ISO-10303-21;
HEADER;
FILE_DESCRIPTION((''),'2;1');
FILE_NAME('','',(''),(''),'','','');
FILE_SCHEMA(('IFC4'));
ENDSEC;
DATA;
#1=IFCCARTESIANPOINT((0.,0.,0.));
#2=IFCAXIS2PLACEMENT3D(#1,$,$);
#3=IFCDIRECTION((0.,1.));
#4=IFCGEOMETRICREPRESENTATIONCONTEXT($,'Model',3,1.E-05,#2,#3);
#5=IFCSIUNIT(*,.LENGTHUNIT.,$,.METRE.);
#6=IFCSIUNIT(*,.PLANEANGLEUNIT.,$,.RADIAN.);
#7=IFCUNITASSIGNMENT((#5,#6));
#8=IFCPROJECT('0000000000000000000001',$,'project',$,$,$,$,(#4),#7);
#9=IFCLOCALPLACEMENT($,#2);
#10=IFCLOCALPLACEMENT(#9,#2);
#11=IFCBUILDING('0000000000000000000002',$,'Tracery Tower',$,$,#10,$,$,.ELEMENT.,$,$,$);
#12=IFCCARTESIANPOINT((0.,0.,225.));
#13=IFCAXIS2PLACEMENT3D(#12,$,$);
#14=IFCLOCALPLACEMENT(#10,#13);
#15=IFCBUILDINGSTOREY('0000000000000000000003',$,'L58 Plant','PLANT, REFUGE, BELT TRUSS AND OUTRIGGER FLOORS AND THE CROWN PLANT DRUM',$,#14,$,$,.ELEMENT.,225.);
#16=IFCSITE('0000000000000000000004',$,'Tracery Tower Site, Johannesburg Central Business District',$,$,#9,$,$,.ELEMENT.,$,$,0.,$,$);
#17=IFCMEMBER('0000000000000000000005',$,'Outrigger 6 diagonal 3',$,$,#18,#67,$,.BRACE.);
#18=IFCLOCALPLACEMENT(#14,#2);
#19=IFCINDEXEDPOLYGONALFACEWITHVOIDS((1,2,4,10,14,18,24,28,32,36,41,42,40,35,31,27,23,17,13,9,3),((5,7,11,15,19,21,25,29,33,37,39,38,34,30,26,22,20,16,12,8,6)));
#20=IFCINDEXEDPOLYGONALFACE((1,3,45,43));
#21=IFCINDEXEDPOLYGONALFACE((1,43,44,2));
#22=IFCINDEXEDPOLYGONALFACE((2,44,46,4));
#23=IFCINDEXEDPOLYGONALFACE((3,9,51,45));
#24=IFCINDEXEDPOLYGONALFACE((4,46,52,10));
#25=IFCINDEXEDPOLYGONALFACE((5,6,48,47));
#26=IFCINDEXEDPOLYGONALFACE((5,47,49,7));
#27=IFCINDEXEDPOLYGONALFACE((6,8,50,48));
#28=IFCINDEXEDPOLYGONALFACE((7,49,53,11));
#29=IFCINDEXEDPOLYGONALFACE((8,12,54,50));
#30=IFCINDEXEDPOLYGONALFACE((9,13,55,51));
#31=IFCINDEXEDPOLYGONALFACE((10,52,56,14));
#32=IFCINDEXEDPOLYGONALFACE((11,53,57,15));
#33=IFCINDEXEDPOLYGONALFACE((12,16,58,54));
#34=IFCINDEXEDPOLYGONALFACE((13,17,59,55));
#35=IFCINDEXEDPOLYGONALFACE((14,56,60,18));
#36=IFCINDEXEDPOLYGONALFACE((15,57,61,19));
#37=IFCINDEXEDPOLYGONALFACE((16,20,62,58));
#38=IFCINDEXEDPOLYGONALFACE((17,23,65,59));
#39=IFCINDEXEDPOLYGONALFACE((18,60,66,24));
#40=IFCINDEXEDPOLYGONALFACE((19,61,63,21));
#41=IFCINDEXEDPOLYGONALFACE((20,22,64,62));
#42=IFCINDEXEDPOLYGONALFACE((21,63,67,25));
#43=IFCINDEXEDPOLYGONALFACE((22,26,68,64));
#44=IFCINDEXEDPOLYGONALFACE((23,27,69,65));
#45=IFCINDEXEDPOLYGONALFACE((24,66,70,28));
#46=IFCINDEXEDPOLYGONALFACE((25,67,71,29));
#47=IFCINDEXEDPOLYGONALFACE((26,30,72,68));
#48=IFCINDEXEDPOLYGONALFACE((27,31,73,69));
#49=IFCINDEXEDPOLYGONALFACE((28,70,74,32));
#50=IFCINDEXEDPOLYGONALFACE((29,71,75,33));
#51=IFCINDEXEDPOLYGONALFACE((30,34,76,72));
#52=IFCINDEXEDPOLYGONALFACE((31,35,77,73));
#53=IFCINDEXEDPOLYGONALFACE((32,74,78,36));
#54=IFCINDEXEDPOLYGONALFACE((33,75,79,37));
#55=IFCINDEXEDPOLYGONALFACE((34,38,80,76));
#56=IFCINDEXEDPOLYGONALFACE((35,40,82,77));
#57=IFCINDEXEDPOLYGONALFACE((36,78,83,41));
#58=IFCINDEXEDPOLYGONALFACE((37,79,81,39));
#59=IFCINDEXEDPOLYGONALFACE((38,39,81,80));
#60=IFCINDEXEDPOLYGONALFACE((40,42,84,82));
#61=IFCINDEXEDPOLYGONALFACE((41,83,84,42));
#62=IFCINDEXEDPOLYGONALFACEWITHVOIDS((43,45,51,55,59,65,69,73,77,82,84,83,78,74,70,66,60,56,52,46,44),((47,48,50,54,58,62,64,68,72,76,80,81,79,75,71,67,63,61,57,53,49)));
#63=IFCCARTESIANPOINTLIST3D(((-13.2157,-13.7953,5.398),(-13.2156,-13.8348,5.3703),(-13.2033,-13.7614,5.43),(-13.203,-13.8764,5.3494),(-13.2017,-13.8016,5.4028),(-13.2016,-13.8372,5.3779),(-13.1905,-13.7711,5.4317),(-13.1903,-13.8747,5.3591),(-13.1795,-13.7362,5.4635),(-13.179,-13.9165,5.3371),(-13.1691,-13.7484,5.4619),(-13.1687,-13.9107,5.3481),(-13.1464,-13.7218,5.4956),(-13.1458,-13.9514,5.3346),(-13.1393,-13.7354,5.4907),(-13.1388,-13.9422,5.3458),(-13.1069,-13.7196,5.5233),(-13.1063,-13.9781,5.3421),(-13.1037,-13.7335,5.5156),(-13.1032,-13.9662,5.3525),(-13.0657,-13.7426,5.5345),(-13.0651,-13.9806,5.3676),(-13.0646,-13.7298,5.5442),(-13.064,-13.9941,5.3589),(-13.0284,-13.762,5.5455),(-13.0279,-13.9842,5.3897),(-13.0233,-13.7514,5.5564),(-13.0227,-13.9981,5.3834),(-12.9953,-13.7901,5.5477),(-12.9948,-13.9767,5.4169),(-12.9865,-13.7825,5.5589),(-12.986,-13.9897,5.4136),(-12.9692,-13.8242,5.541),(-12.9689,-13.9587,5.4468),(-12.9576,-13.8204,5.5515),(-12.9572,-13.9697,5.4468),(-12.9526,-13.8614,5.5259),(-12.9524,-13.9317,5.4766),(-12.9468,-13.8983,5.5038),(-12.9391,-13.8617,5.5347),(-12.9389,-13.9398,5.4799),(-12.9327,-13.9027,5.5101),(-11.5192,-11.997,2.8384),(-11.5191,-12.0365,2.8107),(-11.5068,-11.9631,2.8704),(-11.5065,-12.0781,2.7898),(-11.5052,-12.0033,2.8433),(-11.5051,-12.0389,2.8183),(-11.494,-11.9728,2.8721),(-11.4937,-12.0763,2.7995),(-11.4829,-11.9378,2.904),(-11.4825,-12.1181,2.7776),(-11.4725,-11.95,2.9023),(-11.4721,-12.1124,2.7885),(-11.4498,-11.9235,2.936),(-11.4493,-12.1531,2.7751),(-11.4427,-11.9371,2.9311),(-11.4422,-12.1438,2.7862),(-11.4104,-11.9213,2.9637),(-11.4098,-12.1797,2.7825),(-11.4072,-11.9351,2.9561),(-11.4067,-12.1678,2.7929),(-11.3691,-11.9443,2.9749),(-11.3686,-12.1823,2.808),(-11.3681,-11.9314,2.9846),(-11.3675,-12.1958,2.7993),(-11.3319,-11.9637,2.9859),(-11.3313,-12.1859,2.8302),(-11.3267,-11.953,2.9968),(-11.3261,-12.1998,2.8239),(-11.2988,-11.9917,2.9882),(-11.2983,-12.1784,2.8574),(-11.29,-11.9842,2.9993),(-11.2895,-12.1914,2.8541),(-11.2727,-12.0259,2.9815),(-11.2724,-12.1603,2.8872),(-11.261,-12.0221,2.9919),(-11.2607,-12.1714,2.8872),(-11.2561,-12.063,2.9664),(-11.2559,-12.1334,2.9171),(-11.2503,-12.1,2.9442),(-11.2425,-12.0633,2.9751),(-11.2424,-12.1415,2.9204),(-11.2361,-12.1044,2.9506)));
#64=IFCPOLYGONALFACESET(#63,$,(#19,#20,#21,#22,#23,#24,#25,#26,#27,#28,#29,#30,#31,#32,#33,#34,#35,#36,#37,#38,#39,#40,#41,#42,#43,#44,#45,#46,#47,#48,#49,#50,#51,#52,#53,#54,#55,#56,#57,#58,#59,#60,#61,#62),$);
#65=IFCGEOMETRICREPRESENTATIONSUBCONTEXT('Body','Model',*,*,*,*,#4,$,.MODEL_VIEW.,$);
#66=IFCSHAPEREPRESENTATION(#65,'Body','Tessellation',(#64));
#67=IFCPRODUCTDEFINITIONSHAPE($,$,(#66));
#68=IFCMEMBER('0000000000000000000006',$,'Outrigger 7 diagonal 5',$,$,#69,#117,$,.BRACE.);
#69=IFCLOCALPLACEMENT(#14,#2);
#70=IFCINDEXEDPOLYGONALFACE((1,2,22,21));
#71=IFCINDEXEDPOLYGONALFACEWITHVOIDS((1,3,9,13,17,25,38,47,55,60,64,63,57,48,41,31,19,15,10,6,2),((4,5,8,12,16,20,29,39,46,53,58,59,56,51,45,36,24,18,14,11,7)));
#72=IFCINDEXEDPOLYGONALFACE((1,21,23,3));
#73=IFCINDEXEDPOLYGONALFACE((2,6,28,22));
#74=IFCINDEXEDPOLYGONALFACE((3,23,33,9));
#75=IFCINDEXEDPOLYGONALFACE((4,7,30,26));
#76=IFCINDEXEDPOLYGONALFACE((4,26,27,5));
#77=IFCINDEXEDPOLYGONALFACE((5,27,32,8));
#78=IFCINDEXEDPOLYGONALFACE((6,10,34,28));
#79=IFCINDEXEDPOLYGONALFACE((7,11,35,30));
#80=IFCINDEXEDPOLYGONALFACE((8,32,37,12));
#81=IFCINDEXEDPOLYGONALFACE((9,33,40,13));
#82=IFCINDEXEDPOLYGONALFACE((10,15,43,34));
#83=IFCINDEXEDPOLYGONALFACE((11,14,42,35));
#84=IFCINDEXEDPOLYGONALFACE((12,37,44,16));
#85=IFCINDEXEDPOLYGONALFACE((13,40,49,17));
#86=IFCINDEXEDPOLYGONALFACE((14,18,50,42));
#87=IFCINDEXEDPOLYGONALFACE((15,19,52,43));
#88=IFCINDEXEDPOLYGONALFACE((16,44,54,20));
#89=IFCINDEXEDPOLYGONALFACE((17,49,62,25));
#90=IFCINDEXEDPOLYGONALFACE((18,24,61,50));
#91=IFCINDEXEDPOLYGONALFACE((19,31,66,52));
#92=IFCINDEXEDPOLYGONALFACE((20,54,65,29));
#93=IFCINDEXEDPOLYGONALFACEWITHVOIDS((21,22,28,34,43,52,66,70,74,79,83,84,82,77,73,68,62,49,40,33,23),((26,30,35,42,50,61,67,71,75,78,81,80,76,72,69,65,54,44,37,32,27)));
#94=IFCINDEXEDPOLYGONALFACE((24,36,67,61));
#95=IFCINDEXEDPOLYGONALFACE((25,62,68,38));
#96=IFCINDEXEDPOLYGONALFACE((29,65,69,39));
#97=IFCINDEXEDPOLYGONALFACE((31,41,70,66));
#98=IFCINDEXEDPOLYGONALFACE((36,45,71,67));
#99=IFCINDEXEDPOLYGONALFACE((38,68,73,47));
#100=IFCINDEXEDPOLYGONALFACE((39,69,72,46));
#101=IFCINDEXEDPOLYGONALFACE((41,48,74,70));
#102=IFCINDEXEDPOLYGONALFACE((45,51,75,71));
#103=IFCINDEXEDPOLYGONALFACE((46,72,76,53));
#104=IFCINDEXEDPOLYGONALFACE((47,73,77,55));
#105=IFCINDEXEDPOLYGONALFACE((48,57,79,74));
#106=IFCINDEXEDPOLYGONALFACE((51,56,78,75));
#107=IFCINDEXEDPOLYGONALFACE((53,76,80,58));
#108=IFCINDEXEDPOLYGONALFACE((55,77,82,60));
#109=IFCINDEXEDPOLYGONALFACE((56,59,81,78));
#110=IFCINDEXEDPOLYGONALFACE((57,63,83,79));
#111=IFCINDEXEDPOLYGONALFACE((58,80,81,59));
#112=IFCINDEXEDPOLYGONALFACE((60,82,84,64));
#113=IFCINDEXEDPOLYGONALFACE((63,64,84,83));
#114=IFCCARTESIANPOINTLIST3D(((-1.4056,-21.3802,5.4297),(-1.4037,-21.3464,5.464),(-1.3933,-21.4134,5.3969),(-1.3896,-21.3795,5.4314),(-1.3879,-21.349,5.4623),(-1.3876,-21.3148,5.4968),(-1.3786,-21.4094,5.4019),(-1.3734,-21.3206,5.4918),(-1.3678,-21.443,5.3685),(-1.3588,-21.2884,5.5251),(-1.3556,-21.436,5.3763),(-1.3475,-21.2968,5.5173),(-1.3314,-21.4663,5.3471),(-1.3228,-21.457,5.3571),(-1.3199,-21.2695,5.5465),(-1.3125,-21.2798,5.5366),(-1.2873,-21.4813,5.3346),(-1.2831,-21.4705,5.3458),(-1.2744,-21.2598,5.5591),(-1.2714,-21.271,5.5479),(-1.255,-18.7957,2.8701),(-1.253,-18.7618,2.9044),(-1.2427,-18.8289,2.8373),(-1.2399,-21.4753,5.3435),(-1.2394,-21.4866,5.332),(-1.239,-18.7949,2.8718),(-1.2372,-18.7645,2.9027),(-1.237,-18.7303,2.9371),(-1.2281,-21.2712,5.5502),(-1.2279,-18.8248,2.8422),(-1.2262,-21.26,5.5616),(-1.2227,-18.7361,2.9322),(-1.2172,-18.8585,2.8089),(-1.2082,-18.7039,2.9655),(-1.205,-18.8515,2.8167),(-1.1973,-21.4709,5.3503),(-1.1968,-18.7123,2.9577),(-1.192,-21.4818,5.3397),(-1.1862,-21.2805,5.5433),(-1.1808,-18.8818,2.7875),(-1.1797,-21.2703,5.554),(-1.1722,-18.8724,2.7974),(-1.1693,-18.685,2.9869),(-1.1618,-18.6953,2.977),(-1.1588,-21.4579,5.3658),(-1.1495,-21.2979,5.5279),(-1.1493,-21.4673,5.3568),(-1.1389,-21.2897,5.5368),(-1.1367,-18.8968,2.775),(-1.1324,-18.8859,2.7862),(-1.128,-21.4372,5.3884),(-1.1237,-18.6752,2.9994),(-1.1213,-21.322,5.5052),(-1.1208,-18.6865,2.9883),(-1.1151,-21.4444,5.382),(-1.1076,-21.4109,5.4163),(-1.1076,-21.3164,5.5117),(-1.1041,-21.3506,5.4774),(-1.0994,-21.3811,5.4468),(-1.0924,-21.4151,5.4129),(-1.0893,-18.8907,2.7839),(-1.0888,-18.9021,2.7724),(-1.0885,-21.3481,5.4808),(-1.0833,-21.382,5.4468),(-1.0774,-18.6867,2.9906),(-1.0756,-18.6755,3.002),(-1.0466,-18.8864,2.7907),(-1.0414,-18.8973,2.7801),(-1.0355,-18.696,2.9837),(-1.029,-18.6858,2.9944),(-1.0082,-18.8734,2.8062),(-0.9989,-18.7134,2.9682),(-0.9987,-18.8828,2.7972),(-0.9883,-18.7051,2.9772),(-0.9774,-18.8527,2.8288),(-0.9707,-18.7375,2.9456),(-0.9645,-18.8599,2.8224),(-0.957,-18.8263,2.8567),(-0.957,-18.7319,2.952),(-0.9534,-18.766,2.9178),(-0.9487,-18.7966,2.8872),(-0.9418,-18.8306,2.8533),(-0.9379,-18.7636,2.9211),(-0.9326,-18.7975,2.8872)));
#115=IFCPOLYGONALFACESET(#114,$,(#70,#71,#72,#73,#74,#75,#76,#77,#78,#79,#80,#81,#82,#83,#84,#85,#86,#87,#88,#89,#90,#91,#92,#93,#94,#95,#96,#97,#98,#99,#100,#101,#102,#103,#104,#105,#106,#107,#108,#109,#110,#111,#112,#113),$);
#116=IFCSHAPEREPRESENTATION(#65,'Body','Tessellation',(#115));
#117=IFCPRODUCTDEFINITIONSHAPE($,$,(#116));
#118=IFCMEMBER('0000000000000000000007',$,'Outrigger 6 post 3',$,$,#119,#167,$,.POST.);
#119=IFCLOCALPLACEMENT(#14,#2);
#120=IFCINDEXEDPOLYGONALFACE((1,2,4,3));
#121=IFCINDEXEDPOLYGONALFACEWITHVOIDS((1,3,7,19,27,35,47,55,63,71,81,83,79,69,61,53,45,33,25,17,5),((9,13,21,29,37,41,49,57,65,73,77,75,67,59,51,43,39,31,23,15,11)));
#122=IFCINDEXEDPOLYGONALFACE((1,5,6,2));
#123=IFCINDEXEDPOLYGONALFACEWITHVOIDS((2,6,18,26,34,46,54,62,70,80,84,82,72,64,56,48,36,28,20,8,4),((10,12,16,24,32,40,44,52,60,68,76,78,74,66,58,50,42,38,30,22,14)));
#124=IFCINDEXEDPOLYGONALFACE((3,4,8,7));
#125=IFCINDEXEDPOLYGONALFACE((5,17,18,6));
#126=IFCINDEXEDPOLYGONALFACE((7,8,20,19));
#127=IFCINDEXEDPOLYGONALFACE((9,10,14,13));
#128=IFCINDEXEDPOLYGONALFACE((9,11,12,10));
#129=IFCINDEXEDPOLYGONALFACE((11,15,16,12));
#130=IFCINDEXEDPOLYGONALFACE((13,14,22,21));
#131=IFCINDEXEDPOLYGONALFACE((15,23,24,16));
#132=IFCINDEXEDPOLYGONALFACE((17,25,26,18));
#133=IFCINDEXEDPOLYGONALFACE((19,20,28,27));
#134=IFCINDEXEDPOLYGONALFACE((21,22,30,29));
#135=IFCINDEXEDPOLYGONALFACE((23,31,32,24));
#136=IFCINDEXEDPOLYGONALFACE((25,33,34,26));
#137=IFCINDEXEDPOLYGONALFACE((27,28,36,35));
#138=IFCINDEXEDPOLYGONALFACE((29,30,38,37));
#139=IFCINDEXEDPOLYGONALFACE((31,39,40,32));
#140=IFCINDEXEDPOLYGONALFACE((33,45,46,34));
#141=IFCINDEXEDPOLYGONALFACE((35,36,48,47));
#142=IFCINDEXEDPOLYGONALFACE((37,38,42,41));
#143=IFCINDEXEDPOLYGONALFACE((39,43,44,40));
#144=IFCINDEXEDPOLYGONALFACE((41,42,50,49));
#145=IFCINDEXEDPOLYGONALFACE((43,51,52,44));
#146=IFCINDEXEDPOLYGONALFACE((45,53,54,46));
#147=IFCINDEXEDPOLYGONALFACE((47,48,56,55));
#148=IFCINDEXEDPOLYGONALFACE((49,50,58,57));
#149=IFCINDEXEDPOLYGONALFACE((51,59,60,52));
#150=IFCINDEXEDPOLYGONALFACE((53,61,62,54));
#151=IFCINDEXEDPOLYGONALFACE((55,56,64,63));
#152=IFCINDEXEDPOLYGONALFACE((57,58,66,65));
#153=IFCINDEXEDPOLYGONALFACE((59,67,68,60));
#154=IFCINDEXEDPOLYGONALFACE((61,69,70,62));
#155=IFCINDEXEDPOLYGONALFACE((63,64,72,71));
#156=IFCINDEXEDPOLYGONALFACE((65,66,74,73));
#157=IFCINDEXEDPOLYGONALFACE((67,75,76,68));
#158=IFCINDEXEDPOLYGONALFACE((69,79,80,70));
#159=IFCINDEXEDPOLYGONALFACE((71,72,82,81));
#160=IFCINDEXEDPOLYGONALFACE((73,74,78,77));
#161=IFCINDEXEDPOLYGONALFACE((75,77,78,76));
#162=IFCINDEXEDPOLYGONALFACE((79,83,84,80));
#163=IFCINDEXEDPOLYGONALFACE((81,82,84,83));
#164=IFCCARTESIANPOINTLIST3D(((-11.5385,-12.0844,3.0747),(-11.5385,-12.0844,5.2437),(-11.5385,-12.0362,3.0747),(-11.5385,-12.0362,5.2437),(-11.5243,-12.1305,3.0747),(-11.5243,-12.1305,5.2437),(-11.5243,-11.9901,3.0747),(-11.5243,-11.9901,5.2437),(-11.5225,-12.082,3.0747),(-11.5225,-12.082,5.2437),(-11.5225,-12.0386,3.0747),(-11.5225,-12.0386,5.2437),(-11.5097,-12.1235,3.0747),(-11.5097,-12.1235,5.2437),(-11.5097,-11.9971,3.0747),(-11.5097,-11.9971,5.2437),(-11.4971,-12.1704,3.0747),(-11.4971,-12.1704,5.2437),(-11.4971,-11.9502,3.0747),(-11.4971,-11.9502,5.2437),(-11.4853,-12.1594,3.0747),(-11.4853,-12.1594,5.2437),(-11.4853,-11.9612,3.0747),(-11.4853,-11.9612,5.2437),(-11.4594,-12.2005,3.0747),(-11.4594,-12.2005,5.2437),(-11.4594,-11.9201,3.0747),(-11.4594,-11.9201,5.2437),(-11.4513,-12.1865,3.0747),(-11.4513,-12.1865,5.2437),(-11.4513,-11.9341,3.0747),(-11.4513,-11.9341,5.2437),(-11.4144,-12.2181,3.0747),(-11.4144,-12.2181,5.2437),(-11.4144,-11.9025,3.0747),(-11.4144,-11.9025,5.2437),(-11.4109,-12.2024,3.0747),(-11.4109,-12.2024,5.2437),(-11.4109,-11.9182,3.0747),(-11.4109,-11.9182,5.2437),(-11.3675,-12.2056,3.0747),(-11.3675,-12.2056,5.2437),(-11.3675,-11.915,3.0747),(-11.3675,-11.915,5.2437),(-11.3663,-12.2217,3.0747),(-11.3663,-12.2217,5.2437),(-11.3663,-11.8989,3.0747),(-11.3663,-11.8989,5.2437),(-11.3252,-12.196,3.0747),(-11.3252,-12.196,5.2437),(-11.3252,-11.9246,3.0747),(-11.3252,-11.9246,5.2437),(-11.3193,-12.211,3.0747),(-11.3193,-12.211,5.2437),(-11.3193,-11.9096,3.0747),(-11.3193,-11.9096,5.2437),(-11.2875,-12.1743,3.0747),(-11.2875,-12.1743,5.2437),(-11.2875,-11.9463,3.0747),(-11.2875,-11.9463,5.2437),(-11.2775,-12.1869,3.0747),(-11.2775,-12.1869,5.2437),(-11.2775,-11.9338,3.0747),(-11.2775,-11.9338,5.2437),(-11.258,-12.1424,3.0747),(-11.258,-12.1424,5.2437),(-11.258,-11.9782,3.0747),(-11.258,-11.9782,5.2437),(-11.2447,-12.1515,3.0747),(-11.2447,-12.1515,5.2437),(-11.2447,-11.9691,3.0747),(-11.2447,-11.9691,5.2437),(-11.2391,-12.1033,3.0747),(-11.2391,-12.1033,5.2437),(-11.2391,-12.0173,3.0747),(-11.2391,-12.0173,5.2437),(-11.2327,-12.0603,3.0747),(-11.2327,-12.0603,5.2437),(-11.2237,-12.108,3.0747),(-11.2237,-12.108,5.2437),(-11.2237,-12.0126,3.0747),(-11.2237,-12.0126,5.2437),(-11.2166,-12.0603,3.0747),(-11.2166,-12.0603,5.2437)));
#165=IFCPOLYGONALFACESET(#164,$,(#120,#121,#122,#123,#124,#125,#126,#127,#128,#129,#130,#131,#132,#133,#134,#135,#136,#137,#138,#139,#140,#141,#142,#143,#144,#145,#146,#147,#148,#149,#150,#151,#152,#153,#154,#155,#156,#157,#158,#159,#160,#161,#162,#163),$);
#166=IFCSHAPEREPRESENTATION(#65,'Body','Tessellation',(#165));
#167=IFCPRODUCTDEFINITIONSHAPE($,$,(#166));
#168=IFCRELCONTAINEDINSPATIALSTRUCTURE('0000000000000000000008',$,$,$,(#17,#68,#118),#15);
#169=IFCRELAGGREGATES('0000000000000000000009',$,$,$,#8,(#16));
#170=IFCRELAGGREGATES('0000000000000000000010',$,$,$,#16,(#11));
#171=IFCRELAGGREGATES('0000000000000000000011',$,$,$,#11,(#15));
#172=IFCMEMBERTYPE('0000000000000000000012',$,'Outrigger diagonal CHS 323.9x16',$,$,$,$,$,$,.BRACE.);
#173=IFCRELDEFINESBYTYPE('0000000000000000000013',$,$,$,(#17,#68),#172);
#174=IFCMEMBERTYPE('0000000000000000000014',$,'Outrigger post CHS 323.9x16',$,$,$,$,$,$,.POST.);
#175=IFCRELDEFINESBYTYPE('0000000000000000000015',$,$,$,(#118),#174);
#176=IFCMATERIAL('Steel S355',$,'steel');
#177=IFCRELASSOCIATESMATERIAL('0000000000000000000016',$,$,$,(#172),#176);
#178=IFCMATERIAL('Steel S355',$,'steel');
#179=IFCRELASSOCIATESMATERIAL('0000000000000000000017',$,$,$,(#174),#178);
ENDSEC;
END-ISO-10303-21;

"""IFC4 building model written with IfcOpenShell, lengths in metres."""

from ifc_helpers import new_model, si_unit, direction, frame, origin, origin_2d, place, context, subcontext, project, spatial, hollow_circle, extrude, material, material_profile, profile_set, type_object, element, save


model = new_model("IFC4")

# Units and contexts
model_context = context("Model", 3, precision=1e-05, world=origin(), true_north=direction((0.0, 1.0)))
body_context = subcontext(model_context, "Body", "Model", "MODEL_VIEW")
ifc_project = project(units=[si_unit("LENGTHUNIT", "METRE"), si_unit("PLANEANGLEUNIT", "RADIAN")], contexts=[model_context])

# Site, building, storey
site_placement = place(None, origin())
site = spatial("IfcSite", under=ifc_project, at=site_placement, Name="Tracery Tower Site, Johannesburg Central Business District", CompositionType="ELEMENT", RefElevation=0.0)
building_placement = place(site_placement, origin())
building = spatial("IfcBuilding", under=site, at=building_placement, Name="Tracery Tower", CompositionType="ELEMENT")
storey_placement = place(building_placement, frame((0.0, 0.0, 225.0)))
storey = spatial("IfcBuildingStorey", under=building, at=storey_placement, Name="L58 Plant", Description="PLANT, REFUGE, BELT TRUSS AND OUTRIGGER FLOORS AND THE CROWN PLANT DRUM", CompositionType="ELEMENT", Elevation=225.0)

# Members
ifc_material_1 = material(Name="Steel S355", Category="steel")
ifc_material_profile_1 = material_profile(ifc_material_1, hollow_circle(Radius=0.1619, WallThickness=0.0161, at=origin_2d()), Name="CHS 323.9x16")
ifc_profile_set_1 = profile_set([ifc_material_profile_1], Name="Steel S355")
member_type_1 = type_object("IfcMemberType", Name="Outrigger diagonal CHS 323.9x16", PredefinedType="BRACE", material=ifc_profile_set_1)
member_1_placement = place(storey_placement, frame((-11.3784, -12.0603, 2.8872), z_axis=(-0.476741, -0.50535, 0.719263), x_axis=(0.727396, -0.686217, 0.0)))
element("IfcMember", 1, at=member_1_placement, inside=storey, type_object=member_type_1, Name="Outrigger 6 diagonal 3", PredefinedType="BRACE", context=body_context, shape_type="SweptSolid", body=[
    extrude(hollow_circle(Radius=0.1619, WallThickness=0.0161, at=origin_2d()), origin(), (0.0, 0.0, 1.0), 3.5586),
])
member_2_placement = place(storey_placement, frame((-1.0942, -18.7881, 2.8872), z_axis=(-0.041377, -0.709913, 0.703073), x_axis=(0.998306, -0.058186, 0.0)))
element("IfcMember", 2, at=member_2_placement, inside=storey, type_object=member_type_1, Name="Outrigger 7 diagonal 5", PredefinedType="BRACE", context=body_context, shape_type="SweptSolid", body=[
    extrude(hollow_circle(Radius=0.1619, WallThickness=0.0161, at=origin_2d()), origin(), (0.0, 0.0, 1.0), 3.6406),
])
ifc_material_2 = material(Name="Steel S355", Category="steel")
ifc_material_profile_2 = material_profile(ifc_material_2, hollow_circle(Radius=0.1619, WallThickness=0.0161, at=origin_2d()), Name="CHS 323.9x16")
ifc_profile_set_2 = profile_set([ifc_material_profile_2], Name="Steel S355")
member_type_2 = type_object("IfcMemberType", Name="Outrigger post CHS 323.9x16", PredefinedType="POST", material=ifc_profile_set_2)
for number, where, z_axis, x_axis, name in (
    (3, (-11.3784, -12.0603, 3.0747), (0.0, 0.0, 1.0), (1.0, 0.0, 0.0), "Outrigger 6 post 3"),
):
    element("IfcMember", number, at=place(storey_placement, frame(where, z_axis=z_axis, x_axis=x_axis)), inside=storey, type_object=member_type_2, Name=name, PredefinedType="POST", context=body_context, shape_type="SweptSolid", body=[
        extrude(hollow_circle(Radius=0.1619, WallThickness=0.0161, at=origin_2d()), origin(), (0.0, 0.0, 1.0), 2.1689),
    ])

save(model, "model.ifc")
